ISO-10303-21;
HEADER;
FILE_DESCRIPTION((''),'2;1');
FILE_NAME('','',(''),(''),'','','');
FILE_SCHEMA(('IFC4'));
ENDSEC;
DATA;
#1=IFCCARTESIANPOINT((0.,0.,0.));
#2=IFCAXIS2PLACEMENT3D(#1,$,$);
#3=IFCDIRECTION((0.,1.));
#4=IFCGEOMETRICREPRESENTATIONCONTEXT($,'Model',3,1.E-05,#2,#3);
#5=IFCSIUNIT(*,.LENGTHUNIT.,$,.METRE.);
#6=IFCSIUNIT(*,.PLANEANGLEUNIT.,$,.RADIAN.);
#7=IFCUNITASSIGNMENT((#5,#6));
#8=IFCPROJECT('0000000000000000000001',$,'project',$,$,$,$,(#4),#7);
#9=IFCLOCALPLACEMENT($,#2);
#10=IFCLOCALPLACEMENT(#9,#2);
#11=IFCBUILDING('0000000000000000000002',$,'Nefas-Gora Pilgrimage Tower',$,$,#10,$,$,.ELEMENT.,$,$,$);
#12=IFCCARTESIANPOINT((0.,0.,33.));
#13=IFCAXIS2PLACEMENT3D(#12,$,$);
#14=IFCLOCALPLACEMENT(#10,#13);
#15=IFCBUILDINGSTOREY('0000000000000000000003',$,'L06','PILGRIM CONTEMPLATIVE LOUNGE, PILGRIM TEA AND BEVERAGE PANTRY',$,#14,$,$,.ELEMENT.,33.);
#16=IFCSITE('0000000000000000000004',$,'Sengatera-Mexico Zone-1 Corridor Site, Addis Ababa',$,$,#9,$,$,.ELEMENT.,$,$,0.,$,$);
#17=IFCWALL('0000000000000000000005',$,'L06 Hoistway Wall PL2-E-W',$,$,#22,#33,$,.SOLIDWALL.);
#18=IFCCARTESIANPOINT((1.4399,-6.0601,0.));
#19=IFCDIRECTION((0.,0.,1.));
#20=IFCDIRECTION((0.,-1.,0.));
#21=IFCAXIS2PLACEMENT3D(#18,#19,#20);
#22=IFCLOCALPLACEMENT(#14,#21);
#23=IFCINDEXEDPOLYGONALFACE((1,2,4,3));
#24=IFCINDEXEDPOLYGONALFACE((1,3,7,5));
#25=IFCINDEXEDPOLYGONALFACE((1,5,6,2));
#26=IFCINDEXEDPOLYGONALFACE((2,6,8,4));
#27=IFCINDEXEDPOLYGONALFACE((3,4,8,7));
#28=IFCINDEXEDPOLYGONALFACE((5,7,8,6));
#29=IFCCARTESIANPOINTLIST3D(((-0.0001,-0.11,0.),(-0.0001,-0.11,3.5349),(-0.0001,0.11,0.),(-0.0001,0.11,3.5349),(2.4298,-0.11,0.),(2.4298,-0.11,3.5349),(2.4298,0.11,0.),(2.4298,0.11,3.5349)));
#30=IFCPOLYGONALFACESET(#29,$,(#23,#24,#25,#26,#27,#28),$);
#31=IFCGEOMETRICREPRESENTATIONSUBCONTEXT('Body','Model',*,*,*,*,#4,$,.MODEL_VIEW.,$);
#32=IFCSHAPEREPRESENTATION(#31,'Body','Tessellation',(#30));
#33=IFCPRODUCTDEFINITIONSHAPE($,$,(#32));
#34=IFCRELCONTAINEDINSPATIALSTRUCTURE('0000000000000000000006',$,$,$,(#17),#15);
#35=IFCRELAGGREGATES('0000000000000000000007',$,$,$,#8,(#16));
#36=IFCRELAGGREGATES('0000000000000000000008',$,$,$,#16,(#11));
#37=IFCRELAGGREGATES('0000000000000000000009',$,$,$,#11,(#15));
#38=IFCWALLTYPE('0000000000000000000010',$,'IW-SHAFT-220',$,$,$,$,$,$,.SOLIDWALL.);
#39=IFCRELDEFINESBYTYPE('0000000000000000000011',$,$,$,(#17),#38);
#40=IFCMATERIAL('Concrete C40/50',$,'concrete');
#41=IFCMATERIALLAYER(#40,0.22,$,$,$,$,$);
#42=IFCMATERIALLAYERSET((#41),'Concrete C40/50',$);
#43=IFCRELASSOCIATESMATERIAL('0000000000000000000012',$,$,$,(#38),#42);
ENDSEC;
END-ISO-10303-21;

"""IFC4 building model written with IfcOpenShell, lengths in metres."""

from ifc_helpers import new_model, si_unit, direction, frame, frame_2d, origin, place, context, subcontext, project, spatial, rectangle, extrude, source, transform, mapped, material, layer, layer_set, type_object, element, save


model = new_model("IFC4")

# Units and contexts
model_context = context("Model", 3, precision=1e-05, world=origin(), true_north=direction((0.0, 1.0)))
body_context = subcontext(model_context, "Body", "Model", "MODEL_VIEW")
ifc_project = project(units=[si_unit("LENGTHUNIT", "METRE"), si_unit("PLANEANGLEUNIT", "RADIAN")], contexts=[model_context])

# Site, building, storey
site_placement = place(None, origin())
site = spatial("IfcSite", under=ifc_project, at=site_placement, Name="Sengatera-Mexico Zone-1 Corridor Site, Addis Ababa", CompositionType="ELEMENT", RefElevation=0.0)
building_placement = place(site_placement, origin())
building = spatial("IfcBuilding", under=site, at=building_placement, Name="Nefas-Gora Pilgrimage Tower", CompositionType="ELEMENT")
storey_placement = place(building_placement, frame((0.0, 0.0, 33.0)))
storey = spatial("IfcBuildingStorey", under=building, at=storey_placement, Name="L06", Description="PILGRIM CONTEMPLATIVE LOUNGE, PILGRIM TEA AND BEVERAGE PANTRY", CompositionType="ELEMENT", Elevation=33.0)

# Shared definitions
ifc_material_1 = material(Name="Concrete C40/50", Category="concrete")

# Shared definitions
ifc_layer_1 = layer(ifc_material_1, 0.22)
ifc_layer_set_1 = layer_set([ifc_layer_1], Name="Concrete C40/50")
wall_type_1 = type_object("IfcWallType", Name="IW-SHAFT-220", PredefinedType="SOLIDWALL", material=ifc_layer_set_1)

# Wall
shared_shape_1 = source(origin(), body_context, "Body", "SweptSolid", [
    extrude(rectangle(XDim=2.4299, YDim=0.22, at=frame_2d((1.2148, 0.0))), origin(), (0.0, 0.0, 1.0), 3.5349),
])
for number, where, z_axis, x_axis, name in (
    (1, (1.4399, -6.0601, 0.0), (0.0, 0.0, 1.0), (0.0, -1.0, 0.0), "L06 Hoistway Wall PL2-E-W"),
):
    element("IfcWall", number, at=place(storey_placement, frame(where, z_axis=z_axis, x_axis=x_axis)), inside=storey, type_object=wall_type_1, Name=name, PredefinedType="SOLIDWALL", context=body_context, shape_type="MappedRepresentation", body=[
        mapped(shared_shape_1, transform((0.0, 0.0, 0.0), x_axis=(1.0, 0.0, 0.0), y_axis=(0.0, 1.0, 0.0), z_axis=(0.0, 0.0, 1.0), scale=1.0)),
    ])

save(model, "model.ifc")
